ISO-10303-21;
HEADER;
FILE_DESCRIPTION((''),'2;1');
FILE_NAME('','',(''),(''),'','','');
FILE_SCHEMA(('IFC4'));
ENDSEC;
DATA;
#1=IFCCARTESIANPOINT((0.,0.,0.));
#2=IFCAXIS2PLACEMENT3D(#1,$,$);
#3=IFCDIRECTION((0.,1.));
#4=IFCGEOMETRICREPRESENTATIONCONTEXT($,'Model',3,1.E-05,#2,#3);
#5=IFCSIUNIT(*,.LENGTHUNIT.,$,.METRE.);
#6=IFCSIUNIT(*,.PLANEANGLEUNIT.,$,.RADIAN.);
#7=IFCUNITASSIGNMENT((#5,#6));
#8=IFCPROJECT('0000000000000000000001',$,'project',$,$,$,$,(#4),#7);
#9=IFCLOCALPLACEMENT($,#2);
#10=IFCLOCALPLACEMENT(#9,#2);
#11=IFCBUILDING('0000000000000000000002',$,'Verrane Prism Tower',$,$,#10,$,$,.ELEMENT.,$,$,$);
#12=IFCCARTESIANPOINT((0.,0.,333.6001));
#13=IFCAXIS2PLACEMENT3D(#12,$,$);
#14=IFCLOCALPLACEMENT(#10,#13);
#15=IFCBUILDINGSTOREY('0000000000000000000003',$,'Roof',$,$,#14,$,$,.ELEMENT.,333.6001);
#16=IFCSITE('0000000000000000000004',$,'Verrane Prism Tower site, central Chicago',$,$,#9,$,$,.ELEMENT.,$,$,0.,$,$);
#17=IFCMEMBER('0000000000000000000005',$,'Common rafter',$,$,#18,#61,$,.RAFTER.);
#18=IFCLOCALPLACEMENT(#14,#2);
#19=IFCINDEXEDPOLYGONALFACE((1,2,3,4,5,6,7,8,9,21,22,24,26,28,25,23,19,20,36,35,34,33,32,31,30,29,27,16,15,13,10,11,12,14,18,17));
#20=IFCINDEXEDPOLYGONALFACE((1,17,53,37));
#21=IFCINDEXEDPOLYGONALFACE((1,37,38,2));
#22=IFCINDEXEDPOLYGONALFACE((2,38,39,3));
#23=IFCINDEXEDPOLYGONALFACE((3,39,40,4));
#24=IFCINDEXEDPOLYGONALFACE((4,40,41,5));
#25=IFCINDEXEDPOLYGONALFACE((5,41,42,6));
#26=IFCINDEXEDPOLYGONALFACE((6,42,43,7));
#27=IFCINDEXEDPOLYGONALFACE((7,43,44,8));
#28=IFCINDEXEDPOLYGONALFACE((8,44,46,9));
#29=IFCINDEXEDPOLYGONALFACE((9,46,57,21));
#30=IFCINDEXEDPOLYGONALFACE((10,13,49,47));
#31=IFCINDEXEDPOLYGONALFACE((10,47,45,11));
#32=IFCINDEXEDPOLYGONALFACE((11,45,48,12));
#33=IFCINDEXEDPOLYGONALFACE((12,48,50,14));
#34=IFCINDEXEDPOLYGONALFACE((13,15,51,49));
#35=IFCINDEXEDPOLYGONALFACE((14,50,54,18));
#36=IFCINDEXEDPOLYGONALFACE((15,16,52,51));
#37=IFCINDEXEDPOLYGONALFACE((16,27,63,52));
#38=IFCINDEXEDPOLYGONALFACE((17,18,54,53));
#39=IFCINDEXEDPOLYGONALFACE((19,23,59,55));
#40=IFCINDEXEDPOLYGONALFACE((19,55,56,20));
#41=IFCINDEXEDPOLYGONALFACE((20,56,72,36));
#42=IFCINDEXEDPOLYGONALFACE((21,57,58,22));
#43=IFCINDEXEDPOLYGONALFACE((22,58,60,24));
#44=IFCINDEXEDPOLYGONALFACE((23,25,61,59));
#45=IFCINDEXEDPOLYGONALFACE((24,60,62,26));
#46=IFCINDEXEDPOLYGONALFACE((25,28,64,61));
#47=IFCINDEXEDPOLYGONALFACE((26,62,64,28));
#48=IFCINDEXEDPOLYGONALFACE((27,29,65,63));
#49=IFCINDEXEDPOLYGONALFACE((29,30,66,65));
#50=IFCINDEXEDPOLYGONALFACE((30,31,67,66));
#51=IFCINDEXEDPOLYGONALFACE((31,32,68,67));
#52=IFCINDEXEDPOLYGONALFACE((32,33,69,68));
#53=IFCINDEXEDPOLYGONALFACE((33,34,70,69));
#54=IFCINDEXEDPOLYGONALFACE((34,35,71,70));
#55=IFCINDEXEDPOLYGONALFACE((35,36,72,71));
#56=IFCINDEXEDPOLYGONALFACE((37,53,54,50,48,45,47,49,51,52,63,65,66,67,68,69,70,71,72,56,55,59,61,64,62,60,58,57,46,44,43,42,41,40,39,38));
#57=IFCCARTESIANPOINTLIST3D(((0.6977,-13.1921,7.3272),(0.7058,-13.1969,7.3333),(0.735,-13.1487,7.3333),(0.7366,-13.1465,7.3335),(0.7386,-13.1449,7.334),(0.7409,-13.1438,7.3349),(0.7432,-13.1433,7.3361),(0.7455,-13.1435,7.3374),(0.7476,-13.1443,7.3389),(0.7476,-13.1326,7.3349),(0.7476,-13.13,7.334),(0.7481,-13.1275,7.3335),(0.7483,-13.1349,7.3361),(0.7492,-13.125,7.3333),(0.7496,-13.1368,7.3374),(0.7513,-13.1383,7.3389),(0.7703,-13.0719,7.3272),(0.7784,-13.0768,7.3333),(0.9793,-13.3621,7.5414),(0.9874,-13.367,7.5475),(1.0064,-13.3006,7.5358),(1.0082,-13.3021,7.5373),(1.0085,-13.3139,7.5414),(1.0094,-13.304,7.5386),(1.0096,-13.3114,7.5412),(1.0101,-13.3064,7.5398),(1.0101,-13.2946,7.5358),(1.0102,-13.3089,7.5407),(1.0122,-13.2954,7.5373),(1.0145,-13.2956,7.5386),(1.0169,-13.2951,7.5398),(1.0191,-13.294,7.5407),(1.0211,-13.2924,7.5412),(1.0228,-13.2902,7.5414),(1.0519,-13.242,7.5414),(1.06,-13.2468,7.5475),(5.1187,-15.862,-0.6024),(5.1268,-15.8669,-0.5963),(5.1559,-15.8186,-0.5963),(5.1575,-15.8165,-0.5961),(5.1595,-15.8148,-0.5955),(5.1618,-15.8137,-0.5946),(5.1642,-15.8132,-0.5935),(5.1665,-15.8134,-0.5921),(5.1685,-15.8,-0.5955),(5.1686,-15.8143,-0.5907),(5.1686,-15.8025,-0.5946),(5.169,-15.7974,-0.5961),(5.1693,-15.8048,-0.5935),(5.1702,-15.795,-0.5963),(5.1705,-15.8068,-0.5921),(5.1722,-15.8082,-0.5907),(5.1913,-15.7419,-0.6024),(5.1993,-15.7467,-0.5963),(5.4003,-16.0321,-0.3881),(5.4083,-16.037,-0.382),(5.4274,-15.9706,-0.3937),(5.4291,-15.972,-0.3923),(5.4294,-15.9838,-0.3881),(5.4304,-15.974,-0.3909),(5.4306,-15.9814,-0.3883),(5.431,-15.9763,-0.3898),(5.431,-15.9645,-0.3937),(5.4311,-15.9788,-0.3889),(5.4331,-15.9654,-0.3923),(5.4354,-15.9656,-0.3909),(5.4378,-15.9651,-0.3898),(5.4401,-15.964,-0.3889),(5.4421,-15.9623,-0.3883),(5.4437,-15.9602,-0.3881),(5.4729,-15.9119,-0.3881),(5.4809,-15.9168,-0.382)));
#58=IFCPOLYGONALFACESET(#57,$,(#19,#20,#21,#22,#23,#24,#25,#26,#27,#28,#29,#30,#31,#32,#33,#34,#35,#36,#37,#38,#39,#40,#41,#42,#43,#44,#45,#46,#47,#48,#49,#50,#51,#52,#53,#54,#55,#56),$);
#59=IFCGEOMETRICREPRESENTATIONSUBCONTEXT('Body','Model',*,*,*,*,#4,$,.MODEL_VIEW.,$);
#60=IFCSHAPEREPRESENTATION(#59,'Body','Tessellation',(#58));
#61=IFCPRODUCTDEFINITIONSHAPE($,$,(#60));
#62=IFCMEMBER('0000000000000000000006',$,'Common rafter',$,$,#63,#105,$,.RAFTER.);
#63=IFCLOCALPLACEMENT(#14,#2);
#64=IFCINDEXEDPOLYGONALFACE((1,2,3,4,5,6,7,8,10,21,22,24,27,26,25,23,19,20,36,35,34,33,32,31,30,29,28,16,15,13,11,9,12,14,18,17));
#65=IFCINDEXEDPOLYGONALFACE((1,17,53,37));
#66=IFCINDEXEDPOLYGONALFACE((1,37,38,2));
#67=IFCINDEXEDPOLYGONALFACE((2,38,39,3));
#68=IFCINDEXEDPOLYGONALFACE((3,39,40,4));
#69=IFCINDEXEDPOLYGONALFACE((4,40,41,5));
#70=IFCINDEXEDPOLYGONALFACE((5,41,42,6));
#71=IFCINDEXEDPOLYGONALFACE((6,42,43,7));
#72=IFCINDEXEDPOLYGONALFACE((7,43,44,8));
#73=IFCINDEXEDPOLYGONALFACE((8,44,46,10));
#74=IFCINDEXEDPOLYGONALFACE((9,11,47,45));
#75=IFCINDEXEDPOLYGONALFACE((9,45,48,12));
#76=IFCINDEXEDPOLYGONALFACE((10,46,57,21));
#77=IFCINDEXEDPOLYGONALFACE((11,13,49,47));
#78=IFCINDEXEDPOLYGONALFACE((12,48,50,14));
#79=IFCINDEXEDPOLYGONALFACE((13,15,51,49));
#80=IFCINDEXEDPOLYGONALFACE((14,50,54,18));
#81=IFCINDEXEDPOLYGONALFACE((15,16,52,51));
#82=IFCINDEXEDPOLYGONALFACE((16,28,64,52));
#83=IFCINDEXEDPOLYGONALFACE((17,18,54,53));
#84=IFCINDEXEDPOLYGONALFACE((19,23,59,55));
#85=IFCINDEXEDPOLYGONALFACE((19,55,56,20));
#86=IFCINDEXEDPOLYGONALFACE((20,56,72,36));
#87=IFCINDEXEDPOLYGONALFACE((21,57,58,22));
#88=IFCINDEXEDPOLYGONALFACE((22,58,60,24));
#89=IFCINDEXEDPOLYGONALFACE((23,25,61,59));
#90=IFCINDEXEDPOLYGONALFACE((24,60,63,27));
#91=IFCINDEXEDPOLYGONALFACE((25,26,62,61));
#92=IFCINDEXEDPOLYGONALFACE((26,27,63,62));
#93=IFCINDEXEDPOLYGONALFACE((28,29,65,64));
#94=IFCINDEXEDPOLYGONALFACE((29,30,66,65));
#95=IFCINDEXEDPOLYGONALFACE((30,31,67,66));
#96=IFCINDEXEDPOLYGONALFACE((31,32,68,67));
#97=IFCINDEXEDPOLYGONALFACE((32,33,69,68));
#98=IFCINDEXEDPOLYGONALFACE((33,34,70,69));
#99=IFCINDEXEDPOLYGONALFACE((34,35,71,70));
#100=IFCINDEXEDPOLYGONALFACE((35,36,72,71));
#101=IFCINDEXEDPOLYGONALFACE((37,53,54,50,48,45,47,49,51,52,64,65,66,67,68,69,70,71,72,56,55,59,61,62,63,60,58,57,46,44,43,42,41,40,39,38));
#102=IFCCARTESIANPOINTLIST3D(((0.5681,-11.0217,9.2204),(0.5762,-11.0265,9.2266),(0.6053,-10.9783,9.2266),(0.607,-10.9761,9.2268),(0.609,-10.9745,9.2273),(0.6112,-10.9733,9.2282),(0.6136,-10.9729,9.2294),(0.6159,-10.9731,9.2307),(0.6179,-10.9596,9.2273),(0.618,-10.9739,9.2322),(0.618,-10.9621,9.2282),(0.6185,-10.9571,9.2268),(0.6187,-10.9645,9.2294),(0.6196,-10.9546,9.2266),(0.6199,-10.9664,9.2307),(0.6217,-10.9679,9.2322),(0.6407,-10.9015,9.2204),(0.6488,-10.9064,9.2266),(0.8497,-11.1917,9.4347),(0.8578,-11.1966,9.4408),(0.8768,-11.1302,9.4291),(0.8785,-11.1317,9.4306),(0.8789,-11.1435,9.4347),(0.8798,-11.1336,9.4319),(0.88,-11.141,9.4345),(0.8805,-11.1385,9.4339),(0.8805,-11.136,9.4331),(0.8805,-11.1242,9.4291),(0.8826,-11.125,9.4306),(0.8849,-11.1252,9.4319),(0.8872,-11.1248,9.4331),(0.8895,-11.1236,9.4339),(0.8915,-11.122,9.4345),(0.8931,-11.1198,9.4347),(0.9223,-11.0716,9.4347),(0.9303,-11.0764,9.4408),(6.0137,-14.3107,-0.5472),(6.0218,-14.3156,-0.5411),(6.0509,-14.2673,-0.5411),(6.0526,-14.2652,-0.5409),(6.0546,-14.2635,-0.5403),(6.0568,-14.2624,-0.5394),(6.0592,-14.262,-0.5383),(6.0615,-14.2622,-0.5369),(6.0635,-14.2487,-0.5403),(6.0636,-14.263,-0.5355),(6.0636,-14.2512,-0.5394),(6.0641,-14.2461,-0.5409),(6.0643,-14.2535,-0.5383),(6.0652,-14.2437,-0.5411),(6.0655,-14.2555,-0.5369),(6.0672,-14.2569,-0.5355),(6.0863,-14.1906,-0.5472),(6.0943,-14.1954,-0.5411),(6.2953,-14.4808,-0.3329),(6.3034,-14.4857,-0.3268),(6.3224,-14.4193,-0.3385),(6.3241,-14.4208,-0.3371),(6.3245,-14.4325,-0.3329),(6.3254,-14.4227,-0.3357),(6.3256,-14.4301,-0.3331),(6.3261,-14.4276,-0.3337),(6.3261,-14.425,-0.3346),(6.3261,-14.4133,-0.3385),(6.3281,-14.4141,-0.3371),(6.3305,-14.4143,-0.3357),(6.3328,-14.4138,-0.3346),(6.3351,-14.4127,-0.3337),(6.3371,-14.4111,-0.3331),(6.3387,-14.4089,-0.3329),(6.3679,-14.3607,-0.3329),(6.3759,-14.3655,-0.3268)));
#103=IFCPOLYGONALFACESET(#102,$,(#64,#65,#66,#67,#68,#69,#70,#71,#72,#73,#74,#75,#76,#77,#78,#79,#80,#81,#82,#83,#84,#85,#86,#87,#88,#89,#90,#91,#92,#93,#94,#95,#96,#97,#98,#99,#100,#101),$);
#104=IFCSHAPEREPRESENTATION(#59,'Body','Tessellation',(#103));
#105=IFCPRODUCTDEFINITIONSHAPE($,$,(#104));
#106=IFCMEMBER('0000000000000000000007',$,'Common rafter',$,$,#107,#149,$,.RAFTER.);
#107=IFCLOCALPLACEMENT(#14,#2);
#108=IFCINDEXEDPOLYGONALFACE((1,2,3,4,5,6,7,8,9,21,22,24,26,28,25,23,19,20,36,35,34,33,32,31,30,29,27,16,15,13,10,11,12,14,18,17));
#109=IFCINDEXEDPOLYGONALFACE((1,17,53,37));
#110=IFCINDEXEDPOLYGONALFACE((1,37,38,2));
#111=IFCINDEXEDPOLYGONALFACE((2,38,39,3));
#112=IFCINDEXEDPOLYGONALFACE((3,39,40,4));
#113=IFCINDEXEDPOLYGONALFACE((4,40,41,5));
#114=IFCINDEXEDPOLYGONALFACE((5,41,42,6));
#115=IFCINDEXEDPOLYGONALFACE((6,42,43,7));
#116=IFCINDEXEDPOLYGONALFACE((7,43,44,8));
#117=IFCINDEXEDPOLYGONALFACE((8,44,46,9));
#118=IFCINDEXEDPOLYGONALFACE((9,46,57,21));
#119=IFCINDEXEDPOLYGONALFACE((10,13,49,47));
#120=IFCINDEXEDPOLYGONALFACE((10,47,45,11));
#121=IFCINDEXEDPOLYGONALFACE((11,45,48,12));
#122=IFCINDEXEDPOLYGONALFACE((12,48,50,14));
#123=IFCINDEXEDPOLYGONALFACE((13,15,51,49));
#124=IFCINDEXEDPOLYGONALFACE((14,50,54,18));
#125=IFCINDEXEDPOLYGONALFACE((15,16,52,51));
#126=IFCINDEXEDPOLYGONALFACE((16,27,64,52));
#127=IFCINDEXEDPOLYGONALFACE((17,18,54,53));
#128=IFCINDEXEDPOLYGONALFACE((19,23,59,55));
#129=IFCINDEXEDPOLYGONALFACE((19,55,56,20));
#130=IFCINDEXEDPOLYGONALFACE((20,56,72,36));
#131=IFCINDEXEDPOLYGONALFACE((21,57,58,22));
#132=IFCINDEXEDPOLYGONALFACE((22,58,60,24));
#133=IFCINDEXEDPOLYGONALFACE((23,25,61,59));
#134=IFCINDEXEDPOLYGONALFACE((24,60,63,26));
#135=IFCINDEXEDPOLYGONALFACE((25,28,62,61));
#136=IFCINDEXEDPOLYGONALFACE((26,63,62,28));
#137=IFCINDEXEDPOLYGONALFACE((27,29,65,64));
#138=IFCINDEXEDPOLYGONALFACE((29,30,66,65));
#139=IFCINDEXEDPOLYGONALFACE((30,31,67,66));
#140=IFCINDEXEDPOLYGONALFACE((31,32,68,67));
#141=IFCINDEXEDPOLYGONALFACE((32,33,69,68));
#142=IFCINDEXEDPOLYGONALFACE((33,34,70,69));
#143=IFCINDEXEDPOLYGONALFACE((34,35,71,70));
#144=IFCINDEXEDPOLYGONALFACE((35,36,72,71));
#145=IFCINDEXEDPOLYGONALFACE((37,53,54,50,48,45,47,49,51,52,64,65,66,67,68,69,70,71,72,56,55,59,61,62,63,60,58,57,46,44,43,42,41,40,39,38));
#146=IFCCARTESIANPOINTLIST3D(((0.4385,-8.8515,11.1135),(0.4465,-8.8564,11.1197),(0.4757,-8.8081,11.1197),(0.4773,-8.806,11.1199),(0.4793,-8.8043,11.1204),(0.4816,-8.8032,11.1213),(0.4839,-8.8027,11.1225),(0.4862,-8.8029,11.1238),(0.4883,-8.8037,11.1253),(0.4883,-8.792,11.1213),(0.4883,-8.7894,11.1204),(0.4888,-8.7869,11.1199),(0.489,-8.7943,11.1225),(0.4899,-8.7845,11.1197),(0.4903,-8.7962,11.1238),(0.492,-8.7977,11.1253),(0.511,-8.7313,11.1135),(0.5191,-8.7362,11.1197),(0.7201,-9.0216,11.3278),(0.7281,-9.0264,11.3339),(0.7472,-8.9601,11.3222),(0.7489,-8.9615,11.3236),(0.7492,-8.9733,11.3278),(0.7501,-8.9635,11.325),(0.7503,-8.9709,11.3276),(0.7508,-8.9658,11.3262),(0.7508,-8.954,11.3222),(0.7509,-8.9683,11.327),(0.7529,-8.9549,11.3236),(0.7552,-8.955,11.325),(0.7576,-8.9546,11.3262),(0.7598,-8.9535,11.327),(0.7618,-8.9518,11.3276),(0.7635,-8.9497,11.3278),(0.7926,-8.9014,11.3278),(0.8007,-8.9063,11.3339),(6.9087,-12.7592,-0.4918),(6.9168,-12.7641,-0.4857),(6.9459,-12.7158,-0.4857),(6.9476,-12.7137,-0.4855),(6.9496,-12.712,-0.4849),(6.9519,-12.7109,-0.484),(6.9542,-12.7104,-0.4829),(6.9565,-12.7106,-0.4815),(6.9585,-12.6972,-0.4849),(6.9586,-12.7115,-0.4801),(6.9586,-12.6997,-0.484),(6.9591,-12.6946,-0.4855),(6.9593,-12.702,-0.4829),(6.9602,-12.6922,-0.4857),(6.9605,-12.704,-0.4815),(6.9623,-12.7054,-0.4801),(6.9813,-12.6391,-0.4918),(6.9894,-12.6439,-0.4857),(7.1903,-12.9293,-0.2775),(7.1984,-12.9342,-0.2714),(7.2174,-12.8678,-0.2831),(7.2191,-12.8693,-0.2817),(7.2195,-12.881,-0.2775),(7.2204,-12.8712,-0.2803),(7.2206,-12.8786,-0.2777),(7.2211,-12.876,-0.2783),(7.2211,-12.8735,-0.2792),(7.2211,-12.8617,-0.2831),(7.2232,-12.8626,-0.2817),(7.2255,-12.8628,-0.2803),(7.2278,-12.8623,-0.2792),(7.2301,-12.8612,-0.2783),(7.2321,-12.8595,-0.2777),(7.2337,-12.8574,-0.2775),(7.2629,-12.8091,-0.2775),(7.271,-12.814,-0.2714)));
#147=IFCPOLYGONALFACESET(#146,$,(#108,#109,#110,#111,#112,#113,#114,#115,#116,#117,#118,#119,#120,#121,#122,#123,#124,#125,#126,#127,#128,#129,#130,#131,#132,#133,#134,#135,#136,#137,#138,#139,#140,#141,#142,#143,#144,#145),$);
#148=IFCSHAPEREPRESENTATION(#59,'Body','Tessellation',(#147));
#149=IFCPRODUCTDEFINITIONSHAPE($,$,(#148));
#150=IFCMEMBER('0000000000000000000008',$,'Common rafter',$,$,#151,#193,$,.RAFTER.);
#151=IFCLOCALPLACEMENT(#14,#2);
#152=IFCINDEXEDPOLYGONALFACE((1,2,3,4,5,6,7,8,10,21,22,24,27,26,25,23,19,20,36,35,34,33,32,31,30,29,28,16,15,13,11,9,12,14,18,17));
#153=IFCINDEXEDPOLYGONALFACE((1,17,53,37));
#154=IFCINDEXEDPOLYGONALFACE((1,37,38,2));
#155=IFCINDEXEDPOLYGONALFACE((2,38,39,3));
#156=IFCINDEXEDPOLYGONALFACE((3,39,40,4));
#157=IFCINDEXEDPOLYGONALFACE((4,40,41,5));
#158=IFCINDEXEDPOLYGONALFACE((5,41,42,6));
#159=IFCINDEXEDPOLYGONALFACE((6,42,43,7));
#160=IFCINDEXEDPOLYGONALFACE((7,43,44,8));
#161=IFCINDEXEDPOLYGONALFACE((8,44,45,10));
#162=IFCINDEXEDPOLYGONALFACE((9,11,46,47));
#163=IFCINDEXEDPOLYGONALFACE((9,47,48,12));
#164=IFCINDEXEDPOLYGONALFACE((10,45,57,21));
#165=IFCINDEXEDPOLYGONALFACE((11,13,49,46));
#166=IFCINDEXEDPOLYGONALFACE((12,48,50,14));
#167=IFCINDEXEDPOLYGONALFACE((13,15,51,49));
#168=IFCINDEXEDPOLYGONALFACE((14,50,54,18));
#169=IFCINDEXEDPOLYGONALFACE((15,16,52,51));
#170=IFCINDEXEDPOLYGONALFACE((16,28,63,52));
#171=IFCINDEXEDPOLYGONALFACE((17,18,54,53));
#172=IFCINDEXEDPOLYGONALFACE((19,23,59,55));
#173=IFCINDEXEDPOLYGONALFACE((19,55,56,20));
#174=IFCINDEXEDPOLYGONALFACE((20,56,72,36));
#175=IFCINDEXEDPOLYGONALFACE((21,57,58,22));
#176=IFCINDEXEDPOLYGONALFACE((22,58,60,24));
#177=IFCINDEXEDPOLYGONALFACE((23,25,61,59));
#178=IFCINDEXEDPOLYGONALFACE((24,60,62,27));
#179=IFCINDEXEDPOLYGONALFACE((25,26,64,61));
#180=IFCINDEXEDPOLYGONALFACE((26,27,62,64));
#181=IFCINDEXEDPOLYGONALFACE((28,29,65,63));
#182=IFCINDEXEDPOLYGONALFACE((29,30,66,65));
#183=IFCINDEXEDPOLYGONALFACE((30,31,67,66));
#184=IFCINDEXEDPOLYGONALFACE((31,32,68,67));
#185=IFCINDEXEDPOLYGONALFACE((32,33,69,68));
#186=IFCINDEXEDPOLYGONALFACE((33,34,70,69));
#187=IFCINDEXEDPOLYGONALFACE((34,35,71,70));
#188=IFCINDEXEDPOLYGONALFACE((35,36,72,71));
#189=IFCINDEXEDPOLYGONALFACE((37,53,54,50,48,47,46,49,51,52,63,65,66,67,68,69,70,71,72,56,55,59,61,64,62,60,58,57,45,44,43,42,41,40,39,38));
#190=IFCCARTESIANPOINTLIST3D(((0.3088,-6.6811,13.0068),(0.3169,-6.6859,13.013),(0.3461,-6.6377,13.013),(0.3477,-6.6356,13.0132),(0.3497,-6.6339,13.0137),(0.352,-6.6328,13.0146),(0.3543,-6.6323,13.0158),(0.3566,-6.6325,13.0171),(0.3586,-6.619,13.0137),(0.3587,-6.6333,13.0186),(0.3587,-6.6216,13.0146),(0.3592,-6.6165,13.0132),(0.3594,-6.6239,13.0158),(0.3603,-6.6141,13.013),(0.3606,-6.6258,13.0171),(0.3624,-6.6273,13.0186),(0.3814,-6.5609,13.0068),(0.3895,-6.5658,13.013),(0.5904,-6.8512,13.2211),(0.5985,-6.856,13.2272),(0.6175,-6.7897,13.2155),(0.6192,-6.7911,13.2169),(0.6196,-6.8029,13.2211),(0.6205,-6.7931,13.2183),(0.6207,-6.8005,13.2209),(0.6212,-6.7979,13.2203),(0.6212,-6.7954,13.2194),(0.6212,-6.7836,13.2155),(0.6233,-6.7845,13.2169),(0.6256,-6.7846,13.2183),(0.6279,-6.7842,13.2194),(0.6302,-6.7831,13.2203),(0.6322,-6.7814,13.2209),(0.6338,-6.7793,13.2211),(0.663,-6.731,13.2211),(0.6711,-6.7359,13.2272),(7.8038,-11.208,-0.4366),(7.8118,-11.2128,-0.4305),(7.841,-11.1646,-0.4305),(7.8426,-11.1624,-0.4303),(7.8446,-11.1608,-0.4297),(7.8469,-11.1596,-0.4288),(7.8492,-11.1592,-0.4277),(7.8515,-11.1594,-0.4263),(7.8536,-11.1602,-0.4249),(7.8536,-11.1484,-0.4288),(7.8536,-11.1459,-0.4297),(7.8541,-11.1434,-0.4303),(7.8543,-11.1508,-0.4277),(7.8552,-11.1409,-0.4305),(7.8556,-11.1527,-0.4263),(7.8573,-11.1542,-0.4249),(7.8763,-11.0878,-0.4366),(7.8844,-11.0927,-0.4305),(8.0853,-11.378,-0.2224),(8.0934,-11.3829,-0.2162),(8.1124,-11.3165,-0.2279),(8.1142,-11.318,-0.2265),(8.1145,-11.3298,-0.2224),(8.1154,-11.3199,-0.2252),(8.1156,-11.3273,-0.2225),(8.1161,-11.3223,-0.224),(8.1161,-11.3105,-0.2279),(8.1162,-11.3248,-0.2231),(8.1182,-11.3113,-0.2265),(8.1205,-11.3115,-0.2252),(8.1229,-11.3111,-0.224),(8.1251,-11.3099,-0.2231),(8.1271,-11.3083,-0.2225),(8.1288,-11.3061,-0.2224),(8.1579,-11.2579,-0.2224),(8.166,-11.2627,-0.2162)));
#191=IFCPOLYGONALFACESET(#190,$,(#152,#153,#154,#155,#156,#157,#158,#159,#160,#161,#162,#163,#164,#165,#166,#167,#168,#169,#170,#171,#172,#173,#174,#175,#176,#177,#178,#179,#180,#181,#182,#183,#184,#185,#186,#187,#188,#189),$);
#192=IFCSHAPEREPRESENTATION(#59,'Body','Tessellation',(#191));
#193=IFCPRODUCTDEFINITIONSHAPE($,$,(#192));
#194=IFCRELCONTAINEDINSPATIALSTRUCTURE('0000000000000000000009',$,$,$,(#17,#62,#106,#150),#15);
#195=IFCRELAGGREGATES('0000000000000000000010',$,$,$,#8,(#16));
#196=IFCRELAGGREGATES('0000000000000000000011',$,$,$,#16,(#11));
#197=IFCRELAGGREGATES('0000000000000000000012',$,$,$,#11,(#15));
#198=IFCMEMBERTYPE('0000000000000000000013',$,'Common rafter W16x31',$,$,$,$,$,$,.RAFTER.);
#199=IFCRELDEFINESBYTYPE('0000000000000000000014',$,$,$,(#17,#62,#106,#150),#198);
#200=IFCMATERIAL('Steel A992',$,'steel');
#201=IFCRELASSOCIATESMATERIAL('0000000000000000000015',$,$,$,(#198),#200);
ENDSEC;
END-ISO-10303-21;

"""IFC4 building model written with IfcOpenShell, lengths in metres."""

from ifc_helpers import new_model, si_unit, direction, frame, origin, origin_2d, place, context, subcontext, project, spatial, i_section, extrude, material, material_profile, profile_set, type_object, element, save


model = new_model("IFC4")

# Units and contexts
model_context = context("Model", 3, precision=1e-05, world=origin(), true_north=direction((0.0, 1.0)))
body_context = subcontext(model_context, "Body", "Model", "MODEL_VIEW")
ifc_project = project(units=[si_unit("LENGTHUNIT", "METRE"), si_unit("PLANEANGLEUNIT", "RADIAN")], contexts=[model_context])

# Site, building, storey
site_placement = place(None, origin())
site = spatial("IfcSite", under=ifc_project, at=site_placement, Name="Verrane Prism Tower site, central Chicago", CompositionType="ELEMENT", RefElevation=0.0)
building_placement = place(site_placement, origin())
building = spatial("IfcBuilding", under=site, at=building_placement, Name="Verrane Prism Tower", CompositionType="ELEMENT")
storey_placement = place(building_placement, frame((0.0, 0.0, 333.6001)))
storey = spatial("IfcBuildingStorey", under=building, at=storey_placement, Name="Roof", CompositionType="ELEMENT", Elevation=333.6001)

# Members
ifc_material_1 = material(Name="Steel A992", Category="steel")
ifc_material_profile_1 = material_profile(ifc_material_1, i_section(OverallWidth=0.1404, OverallDepth=0.4038, WebThickness=0.0071, FlangeThickness=0.0112, FilletRadius=0.0103, at=origin_2d()), Name="W16x31")
ifc_profile_set_1 = profile_set([ifc_material_profile_1], Name="Steel A992")
member_type_1 = type_object("IfcMemberType", Name="Common rafter W16x31", PredefinedType="RAFTER", material=ifc_profile_set_1)
member_1_placement = place(storey_placement, frame((5.2998, -15.8894, -0.4922), z_axis=(-0.467176, 0.282142, 0.837939), x_axis=(-0.516968, -0.856004, 0.0)))
element("IfcMember", 1, at=member_1_placement, inside=storey, type_object=member_type_1, Name="Common rafter", PredefinedType="RAFTER", context=body_context, shape_type="SweptSolid", body=[
    extrude(i_section(OverallWidth=0.1404, OverallDepth=0.4038, WebThickness=0.0071, FlangeThickness=0.0112, FilletRadius=0.0103, at=origin_2d()), origin(), (0.0, 0.0, 1.0), 9.4631),
])
member_2_placement = place(storey_placement, frame((6.1948, -14.3381, -0.437), z_axis=(-0.467163, 0.282162, 0.83794), x_axis=(-0.517005, -0.855982, 0.0)))
element("IfcMember", 2, at=member_2_placement, inside=storey, type_object=member_type_1, Name="Common rafter", PredefinedType="RAFTER", context=body_context, shape_type="SweptSolid", body=[
    extrude(i_section(OverallWidth=0.1404, OverallDepth=0.4038, WebThickness=0.0071, FlangeThickness=0.0112, FilletRadius=0.0103, at=origin_2d()), origin(), (0.0, 0.0, 1.0), 11.6567),
])
member_3_placement = place(storey_placement, frame((7.0898, -12.7866, -0.3816), z_axis=(-0.467172, 0.282151, 0.837938), x_axis=(-0.516983, -0.855996, 0.0)))
element("IfcMember", 3, at=member_3_placement, inside=storey, type_object=member_type_1, Name="Common rafter", PredefinedType="RAFTER", context=body_context, shape_type="SweptSolid", body=[
    extrude(i_section(OverallWidth=0.1404, OverallDepth=0.4038, WebThickness=0.0071, FlangeThickness=0.0112, FilletRadius=0.0103, at=origin_2d()), origin(), (0.0, 0.0, 1.0), 13.8499),
])
member_4_placement = place(storey_placement, frame((7.9849, -11.2354, -0.3264), z_axis=(-0.467164, 0.282164, 0.837939), x_axis=(-0.517007, -0.855981, 0.0)))
element("IfcMember", 4, at=member_4_placement, inside=storey, type_object=member_type_1, Name="Common rafter", PredefinedType="RAFTER", context=body_context, shape_type="SweptSolid", body=[
    extrude(i_section(OverallWidth=0.1404, OverallDepth=0.4038, WebThickness=0.0071, FlangeThickness=0.0112, FilletRadius=0.0103, at=origin_2d()), origin(), (0.0, 0.0, 1.0), 16.0435),
])

save(model, "model.ifc")
